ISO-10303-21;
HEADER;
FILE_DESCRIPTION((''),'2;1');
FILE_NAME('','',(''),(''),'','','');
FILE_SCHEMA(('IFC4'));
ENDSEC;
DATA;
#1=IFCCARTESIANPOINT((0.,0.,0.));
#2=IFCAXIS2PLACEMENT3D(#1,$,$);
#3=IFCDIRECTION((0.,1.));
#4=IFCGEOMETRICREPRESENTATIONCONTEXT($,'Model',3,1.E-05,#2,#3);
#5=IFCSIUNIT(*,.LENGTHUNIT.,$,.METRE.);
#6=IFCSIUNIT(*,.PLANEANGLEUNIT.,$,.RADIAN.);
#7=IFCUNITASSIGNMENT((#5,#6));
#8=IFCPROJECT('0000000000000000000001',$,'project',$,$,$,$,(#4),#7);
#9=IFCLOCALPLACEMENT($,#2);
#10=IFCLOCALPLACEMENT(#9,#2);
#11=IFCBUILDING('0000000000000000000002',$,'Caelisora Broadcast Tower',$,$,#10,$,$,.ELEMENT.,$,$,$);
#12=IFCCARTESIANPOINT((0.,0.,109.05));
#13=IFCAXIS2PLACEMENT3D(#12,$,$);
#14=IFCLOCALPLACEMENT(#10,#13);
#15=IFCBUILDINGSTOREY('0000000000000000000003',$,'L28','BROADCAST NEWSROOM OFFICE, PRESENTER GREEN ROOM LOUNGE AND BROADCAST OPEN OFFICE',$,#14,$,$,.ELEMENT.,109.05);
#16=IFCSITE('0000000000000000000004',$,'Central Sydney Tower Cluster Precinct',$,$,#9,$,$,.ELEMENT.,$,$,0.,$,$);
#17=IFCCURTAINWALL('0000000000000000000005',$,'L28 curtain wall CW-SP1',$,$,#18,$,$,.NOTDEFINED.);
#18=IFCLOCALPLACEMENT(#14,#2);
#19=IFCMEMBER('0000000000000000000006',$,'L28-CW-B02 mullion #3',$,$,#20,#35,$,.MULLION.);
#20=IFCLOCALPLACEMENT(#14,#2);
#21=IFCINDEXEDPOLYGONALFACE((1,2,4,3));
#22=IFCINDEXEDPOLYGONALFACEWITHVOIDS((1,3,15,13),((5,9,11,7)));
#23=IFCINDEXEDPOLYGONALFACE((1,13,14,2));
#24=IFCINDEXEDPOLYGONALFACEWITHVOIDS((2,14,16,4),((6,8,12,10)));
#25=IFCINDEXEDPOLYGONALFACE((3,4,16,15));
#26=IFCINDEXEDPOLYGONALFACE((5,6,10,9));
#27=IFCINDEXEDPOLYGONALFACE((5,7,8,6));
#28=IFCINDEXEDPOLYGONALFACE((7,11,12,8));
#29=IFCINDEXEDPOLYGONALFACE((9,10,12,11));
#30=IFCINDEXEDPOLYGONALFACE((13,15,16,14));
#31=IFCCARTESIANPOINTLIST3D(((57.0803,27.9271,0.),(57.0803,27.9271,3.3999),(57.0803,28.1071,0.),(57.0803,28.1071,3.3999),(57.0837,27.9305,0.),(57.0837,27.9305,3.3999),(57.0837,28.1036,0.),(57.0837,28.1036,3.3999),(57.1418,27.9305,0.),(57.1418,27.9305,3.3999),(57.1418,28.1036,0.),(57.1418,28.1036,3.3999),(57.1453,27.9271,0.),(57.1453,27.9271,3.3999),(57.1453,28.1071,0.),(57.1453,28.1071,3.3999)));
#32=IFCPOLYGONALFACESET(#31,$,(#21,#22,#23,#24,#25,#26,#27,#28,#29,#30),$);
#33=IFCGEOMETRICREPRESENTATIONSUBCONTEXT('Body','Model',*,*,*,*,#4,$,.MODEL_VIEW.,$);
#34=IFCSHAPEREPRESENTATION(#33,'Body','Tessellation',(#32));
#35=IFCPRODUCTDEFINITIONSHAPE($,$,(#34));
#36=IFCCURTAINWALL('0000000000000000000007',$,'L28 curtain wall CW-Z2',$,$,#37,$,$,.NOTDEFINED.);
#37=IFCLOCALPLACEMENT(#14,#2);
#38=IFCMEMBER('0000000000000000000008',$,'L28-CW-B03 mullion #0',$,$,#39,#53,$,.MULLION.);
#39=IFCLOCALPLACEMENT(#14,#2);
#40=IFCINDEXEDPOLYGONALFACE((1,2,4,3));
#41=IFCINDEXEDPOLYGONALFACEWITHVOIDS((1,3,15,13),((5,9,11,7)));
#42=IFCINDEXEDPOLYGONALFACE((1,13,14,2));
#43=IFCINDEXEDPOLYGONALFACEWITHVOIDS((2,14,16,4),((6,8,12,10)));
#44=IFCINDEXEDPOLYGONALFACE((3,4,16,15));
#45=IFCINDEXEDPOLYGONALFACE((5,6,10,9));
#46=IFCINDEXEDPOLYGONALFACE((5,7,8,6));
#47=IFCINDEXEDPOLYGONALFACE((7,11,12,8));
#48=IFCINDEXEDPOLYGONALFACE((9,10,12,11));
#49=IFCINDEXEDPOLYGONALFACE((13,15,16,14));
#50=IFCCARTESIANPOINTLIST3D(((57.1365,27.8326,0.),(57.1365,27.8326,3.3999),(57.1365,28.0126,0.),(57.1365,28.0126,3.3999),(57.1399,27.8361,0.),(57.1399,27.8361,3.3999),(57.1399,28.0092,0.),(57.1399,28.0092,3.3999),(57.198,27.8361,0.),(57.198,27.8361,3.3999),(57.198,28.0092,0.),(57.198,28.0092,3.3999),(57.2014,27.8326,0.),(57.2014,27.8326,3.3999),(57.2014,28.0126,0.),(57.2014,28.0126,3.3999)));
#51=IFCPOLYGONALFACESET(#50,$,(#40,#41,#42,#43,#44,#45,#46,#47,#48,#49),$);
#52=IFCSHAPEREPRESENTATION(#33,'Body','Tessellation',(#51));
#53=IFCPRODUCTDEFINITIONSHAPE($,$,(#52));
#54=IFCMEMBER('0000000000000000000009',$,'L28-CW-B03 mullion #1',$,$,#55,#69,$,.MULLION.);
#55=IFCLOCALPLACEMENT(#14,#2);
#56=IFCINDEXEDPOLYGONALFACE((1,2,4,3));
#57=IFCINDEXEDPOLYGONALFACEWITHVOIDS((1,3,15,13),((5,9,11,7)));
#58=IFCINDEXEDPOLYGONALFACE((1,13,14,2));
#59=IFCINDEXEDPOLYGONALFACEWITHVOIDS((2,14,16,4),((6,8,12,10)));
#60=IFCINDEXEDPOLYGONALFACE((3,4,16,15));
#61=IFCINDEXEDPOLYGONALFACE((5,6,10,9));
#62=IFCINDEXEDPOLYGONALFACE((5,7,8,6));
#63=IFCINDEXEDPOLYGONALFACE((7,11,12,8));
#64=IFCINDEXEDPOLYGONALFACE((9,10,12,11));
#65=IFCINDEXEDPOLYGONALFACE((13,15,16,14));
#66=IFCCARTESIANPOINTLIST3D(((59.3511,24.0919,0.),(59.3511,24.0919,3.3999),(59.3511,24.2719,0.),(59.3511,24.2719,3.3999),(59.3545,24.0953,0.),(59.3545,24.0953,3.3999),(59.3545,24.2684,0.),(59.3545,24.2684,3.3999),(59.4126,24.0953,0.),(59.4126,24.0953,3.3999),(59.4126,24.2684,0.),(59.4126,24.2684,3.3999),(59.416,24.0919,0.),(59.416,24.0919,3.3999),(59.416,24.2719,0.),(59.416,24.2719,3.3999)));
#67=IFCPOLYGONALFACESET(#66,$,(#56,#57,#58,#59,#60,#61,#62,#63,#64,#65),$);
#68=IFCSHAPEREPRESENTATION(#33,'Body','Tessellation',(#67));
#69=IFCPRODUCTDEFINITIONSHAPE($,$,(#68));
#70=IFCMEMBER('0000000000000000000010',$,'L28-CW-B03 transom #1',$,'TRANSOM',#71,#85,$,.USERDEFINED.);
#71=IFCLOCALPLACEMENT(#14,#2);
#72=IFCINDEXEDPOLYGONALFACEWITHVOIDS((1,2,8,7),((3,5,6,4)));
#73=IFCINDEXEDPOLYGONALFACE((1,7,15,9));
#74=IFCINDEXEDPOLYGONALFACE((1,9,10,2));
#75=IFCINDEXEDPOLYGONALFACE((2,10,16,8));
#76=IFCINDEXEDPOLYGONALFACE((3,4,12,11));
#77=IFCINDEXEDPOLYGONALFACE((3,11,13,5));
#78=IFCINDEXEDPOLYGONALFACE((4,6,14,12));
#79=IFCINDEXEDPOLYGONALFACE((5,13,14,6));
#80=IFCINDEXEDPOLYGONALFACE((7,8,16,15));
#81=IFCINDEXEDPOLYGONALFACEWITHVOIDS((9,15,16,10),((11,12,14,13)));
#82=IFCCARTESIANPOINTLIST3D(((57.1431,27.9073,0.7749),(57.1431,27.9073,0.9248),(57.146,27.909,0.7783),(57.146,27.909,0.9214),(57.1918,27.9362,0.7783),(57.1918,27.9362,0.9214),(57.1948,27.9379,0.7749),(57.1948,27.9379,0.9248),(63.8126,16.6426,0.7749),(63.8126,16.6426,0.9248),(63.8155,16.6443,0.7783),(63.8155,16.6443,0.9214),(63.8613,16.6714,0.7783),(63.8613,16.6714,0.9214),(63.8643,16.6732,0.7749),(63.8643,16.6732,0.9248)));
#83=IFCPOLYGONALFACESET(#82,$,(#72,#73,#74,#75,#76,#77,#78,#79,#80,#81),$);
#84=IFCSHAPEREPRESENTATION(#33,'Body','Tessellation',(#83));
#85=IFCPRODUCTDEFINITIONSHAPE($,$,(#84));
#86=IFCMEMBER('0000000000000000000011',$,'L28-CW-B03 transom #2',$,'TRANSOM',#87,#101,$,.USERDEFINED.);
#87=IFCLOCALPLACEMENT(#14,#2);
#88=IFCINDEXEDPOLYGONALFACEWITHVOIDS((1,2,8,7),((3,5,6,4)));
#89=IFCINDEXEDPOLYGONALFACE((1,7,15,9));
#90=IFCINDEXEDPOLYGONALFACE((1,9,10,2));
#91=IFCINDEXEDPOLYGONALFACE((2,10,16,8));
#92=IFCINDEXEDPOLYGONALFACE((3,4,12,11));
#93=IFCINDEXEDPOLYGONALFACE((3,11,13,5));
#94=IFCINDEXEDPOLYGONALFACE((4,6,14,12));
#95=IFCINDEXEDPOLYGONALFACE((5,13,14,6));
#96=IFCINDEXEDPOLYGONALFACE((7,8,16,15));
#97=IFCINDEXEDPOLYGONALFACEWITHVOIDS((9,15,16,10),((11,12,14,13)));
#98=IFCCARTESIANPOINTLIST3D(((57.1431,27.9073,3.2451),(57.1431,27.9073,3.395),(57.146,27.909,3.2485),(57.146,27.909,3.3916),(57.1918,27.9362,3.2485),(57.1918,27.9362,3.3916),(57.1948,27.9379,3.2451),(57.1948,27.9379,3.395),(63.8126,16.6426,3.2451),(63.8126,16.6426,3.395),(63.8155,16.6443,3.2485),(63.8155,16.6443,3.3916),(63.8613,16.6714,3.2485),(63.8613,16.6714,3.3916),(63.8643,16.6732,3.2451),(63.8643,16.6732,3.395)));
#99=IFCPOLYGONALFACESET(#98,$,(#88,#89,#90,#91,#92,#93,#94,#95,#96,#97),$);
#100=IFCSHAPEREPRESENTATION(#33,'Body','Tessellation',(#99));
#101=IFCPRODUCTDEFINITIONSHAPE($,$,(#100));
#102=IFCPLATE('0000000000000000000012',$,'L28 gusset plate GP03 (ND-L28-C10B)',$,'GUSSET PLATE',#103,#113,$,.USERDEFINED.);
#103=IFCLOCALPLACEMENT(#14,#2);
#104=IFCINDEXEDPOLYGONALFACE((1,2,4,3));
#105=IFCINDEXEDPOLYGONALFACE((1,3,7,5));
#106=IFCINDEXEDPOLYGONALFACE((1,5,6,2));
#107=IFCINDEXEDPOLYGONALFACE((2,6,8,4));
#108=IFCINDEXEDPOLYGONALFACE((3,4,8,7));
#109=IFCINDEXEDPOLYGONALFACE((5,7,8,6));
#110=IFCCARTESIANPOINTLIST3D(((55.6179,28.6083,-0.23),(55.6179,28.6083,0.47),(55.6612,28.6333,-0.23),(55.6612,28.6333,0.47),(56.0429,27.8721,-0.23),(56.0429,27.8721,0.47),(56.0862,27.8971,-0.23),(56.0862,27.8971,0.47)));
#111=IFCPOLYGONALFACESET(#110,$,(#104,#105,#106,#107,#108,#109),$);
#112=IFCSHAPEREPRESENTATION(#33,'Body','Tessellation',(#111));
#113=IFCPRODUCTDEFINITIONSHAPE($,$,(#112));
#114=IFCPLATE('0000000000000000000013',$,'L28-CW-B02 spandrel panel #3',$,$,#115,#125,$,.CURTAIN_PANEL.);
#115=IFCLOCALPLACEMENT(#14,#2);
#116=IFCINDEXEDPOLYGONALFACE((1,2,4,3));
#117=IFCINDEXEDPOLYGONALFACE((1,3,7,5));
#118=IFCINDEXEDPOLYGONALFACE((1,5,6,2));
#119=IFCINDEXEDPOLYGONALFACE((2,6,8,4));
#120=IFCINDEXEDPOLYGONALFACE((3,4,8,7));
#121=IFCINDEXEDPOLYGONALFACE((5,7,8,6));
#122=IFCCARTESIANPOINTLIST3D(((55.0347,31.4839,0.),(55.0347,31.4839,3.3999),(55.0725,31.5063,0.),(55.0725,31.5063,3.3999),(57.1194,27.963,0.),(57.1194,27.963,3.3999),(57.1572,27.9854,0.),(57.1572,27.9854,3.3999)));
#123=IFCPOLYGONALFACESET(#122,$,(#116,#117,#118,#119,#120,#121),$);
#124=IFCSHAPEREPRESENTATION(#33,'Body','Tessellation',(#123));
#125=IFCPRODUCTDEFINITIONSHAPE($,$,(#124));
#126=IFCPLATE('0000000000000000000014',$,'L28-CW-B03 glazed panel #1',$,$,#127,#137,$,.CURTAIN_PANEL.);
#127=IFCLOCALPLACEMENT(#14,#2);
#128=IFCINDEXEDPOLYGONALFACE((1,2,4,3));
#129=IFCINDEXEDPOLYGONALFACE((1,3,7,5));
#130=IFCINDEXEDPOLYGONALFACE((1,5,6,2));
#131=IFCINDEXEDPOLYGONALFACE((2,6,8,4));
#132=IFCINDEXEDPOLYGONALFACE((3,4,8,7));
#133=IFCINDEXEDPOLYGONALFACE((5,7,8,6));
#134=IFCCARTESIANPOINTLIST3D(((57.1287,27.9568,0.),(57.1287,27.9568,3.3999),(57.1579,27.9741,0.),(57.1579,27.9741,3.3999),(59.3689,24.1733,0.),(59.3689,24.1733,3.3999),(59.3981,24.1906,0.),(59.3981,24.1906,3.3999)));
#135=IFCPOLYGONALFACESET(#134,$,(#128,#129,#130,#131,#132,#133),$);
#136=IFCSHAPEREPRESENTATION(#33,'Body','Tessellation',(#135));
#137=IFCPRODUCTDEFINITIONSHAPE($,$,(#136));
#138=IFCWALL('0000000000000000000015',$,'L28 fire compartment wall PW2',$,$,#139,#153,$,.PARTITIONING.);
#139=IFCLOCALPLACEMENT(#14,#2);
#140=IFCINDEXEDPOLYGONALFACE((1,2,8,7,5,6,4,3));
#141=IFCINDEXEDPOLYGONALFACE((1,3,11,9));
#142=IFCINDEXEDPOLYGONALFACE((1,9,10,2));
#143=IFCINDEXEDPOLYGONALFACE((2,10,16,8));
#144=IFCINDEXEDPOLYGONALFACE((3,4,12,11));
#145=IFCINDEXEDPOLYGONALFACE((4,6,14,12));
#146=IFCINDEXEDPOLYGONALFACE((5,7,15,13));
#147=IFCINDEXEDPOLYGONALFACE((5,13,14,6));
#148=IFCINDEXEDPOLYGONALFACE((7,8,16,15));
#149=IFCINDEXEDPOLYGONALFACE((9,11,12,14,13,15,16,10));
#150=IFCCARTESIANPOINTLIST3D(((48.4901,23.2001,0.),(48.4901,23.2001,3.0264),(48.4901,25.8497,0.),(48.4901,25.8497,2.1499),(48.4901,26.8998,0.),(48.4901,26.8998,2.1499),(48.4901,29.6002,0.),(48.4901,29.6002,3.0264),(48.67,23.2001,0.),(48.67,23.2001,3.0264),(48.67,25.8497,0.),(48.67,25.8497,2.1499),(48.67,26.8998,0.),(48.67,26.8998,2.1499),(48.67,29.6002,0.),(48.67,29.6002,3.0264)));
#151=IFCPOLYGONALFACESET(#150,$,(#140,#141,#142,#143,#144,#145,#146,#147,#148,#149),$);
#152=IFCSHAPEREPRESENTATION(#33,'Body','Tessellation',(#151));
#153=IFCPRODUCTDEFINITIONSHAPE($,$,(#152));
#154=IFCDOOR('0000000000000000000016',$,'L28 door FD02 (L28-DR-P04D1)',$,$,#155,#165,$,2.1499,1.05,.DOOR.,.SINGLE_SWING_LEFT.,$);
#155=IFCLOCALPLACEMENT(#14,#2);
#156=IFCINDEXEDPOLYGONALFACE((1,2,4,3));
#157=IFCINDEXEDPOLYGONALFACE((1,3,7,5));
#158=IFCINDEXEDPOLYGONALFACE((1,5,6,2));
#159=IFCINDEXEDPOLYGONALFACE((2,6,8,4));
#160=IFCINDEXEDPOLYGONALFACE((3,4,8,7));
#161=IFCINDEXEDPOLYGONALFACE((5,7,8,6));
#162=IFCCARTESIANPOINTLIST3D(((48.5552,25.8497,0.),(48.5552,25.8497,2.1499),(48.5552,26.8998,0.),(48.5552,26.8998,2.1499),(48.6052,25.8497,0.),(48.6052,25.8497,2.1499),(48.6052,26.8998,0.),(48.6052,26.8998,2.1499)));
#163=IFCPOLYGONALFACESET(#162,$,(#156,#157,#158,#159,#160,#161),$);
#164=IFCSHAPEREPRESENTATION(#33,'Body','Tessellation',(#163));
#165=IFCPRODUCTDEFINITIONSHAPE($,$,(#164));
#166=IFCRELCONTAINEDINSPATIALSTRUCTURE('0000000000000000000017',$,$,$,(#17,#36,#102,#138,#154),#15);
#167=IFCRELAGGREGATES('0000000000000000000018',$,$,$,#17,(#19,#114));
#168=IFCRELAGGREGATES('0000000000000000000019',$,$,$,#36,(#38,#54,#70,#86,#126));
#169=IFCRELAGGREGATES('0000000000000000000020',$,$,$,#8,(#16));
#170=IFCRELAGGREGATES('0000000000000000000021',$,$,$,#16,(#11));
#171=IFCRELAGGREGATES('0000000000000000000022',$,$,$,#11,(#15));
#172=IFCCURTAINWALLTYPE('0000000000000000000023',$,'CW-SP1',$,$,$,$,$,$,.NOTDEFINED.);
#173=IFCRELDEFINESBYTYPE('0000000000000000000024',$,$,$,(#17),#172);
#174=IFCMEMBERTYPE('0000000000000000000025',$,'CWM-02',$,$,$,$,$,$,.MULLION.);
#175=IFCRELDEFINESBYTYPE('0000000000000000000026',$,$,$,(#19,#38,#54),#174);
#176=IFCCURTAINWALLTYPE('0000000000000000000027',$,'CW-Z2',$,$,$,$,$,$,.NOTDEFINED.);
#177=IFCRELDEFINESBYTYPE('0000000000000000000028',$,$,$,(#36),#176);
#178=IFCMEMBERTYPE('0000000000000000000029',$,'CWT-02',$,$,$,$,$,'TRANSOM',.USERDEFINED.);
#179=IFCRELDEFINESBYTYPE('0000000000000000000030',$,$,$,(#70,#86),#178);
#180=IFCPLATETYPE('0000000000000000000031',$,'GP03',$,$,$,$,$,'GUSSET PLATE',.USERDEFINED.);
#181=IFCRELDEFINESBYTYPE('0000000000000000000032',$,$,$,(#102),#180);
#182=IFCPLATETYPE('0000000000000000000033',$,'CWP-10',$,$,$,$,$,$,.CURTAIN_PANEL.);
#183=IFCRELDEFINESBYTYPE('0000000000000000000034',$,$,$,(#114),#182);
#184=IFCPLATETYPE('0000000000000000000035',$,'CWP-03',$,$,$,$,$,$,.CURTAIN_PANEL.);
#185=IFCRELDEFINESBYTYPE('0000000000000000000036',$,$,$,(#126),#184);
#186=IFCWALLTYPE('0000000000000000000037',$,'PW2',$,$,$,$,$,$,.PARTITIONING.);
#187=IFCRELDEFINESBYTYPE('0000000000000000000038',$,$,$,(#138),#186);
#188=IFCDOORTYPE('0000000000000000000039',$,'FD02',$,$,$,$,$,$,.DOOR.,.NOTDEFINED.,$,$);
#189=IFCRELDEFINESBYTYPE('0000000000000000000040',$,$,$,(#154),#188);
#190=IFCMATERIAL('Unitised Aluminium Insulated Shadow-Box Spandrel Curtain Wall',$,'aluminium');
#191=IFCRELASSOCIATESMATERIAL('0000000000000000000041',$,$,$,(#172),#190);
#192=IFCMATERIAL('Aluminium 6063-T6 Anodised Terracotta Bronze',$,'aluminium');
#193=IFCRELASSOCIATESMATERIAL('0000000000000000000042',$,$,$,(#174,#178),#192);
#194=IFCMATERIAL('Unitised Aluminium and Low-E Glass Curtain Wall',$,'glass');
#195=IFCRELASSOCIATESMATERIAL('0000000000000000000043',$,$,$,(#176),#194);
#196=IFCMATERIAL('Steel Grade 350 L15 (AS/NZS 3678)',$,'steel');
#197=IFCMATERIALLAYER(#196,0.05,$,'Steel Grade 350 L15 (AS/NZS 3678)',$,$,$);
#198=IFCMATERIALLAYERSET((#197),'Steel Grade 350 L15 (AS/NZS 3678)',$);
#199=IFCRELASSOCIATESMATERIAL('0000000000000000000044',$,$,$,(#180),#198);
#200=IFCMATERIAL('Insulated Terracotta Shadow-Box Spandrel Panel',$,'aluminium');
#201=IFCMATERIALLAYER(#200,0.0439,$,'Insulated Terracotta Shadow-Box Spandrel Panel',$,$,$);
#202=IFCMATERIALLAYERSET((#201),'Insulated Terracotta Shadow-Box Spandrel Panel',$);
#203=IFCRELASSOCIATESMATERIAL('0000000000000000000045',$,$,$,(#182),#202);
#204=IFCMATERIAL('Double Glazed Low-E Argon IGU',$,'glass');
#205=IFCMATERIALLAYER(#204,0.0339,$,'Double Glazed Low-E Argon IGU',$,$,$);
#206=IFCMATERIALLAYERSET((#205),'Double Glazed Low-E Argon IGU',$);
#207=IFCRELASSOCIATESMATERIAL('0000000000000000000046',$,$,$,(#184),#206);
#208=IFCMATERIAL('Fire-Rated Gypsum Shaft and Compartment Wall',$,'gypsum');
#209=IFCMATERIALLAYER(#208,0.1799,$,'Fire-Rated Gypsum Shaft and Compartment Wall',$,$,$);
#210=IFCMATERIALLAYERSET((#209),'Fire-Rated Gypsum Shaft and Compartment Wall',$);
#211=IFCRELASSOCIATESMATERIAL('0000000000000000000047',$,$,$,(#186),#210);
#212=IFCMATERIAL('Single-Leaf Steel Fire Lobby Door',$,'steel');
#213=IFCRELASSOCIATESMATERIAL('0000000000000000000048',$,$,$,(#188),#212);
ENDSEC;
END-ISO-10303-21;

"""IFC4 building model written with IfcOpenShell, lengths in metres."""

from ifc_helpers import new_model, si_unit, direction, frame, frame_2d, origin, origin_2d, place, context, subcontext, project, spatial, rectangle, hollow_rectangle, extrude, source, transform, mapped, material, layer, layer_set, material_profile, profile_set, type_object, type_shapes, element, fill, aggregate, save


model = new_model("IFC4")

# Units and contexts
model_context = context("Model", 3, precision=1e-05, world=origin(), true_north=direction((0.0, 1.0)))
body_context = subcontext(model_context, "Body", "Model", "MODEL_VIEW")
ifc_project = project(units=[si_unit("LENGTHUNIT", "METRE"), si_unit("PLANEANGLEUNIT", "RADIAN")], contexts=[model_context])

# Site, building, storey
site_placement = place(None, origin())
site = spatial("IfcSite", under=ifc_project, at=site_placement, Name="Central Sydney Tower Cluster Precinct", CompositionType="ELEMENT", RefElevation=0.0)
building_placement = place(site_placement, origin())
building = spatial("IfcBuilding", under=site, at=building_placement, Name="Caelisora Broadcast Tower", CompositionType="ELEMENT")
storey_placement = place(building_placement, frame((0.0, 0.0, 109.05)))
storey = spatial("IfcBuildingStorey", under=building, at=storey_placement, Name="L28", Description="BROADCAST NEWSROOM OFFICE, PRESENTER GREEN ROOM LOUNGE AND BROADCAST OPEN OFFICE", CompositionType="ELEMENT", Elevation=109.05)

# Shared definitions
ifc_material_1 = material(Name="Steel Grade 350 L15 (AS/NZS 3678)", Category="steel")

# Curtain walls, members
ifc_material_2 = material(Name="Unitised Aluminium Insulated Shadow-Box Spandrel Curtain Wall", Category="aluminium")
curtain_wall_type_1 = type_object("IfcCurtainWallType", Name="CW-SP1", PredefinedType="NOTDEFINED", material=ifc_material_2)
curtain_wall_1_placement = place(storey_placement, origin())
curtain_wall_1 = element("IfcCurtainWall", 1, at=curtain_wall_1_placement, inside=storey, type_object=curtain_wall_type_1, Name="L28 curtain wall CW-SP1", PredefinedType="NOTDEFINED")
ifc_material_3 = material(Name="Aluminium 6063-T6 Anodised Terracotta Bronze", Category="aluminium")
ifc_material_profile_1 = material_profile(ifc_material_3, hollow_rectangle(XDim=0.0649, YDim=0.1799, WallThickness=0.0034, at=origin_2d()), Name="Aluminium 6063-T6 Anodised Terracotta Bronze")
ifc_profile_set_1 = profile_set([ifc_material_profile_1], Name="Aluminium 6063-T6 Anodised Terracotta Bronze")
member_type_1 = type_object("IfcMemberType", Name="CWM-02", PredefinedType="MULLION", material=ifc_profile_set_1)
shared_shape_1 = source(origin(), body_context, "Body", "SweptSolid", [
    extrude(hollow_rectangle(XDim=0.0649, YDim=0.1799, WallThickness=0.0034, at=origin_2d()), origin(), (0.0, 0.0, 1.0), 3.3999),
])
type_shapes(member_type_1, [shared_shape_1])
member_1_placement = place(storey_placement, frame((57.1128, 28.0171, 0.0), z_axis=(0.0, 0.0, 1.0), x_axis=(1.0, 0.0, 0.0)))
member_1 = element("IfcMember", 2, at=member_1_placement, type_object=member_type_1, Name="L28-CW-B02 mullion #3", PredefinedType="MULLION", context=body_context, shape_type="MappedRepresentation", body=[
    mapped(shared_shape_1, transform((0.0, 0.0, 0.0), scale=1.0)),
])
ifc_material_4 = material(Name="Unitised Aluminium and Low-E Glass Curtain Wall", Category="glass")
curtain_wall_type_2 = type_object("IfcCurtainWallType", Name="CW-Z2", PredefinedType="NOTDEFINED", material=ifc_material_4)
curtain_wall_2_placement = place(storey_placement, origin())
curtain_wall_2 = element("IfcCurtainWall", 3, at=curtain_wall_2_placement, inside=storey, type_object=curtain_wall_type_2, Name="L28 curtain wall CW-Z2", PredefinedType="NOTDEFINED")
member_2_placement = place(storey_placement, frame((57.1689, 27.9226, 0.0), z_axis=(0.0, 0.0, 1.0), x_axis=(1.0, 0.0, 0.0)))
member_2 = element("IfcMember", 4, at=member_2_placement, type_object=member_type_1, Name="L28-CW-B03 mullion #0", PredefinedType="MULLION", context=body_context, shape_type="MappedRepresentation", body=[
    mapped(shared_shape_1, transform((0.0, 0.0, 0.0), scale=1.0)),
])
member_3_placement = place(storey_placement, frame((59.3835, 24.1819, 0.0), z_axis=(0.0, 0.0, 1.0), x_axis=(1.0, 0.0, 0.0)))
member_3 = element("IfcMember", 5, at=member_3_placement, type_object=member_type_1, Name="L28-CW-B03 mullion #1", PredefinedType="MULLION", context=body_context, shape_type="MappedRepresentation", body=[
    mapped(shared_shape_1, transform((0.0, 0.0, 0.0), scale=1.0)),
])
ifc_material_profile_2 = material_profile(ifc_material_3, hollow_rectangle(XDim=0.0601, YDim=0.1499, WallThickness=0.0034, at=origin_2d()), Name="Aluminium 6063-T6 Anodised Terracotta Bronze")
ifc_profile_set_2 = profile_set([ifc_material_profile_2], Name="Aluminium 6063-T6 Anodised Terracotta Bronze")
member_type_2 = type_object("IfcMemberType", Name="CWT-02", ElementType="TRANSOM", PredefinedType="USERDEFINED", material=ifc_profile_set_2)
shared_shape_2 = source(origin(), body_context, "Body", "SweptSolid", [
    extrude(hollow_rectangle(XDim=0.0601, YDim=0.1499, WallThickness=0.0034, at=origin_2d()), origin(), (0.0, 0.0, 1.0), 13.0911),
])
type_shapes(member_type_2, [shared_shape_2])
member_4_placement = place(storey_placement, frame((57.1689, 27.9226, 0.8499), z_axis=(0.509468, -0.86049, 0.0), x_axis=(0.86049, 0.509468, 0.0)))
member_4 = element("IfcMember", 6, at=member_4_placement, type_object=member_type_2, Name="L28-CW-B03 transom #1", ObjectType="TRANSOM", PredefinedType="USERDEFINED", context=body_context, shape_type="MappedRepresentation", body=[
    mapped(shared_shape_2, transform((0.0, 0.0, 0.0), scale=1.0)),
])
member_5_placement = place(storey_placement, frame((57.1689, 27.9226, 3.3201), z_axis=(0.509468, -0.86049, 0.0), x_axis=(0.86049, 0.509468, 0.0)))
member_5 = element("IfcMember", 7, at=member_5_placement, type_object=member_type_2, Name="L28-CW-B03 transom #2", ObjectType="TRANSOM", PredefinedType="USERDEFINED", context=body_context, shape_type="MappedRepresentation", body=[
    mapped(shared_shape_2, transform((0.0, 0.0, 0.0), scale=1.0)),
])

# Plates
ifc_layer_1 = layer(ifc_material_1, 0.05, Name="Steel Grade 350 L15 (AS/NZS 3678)")
ifc_layer_set_1 = layer_set([ifc_layer_1], Name="Steel Grade 350 L15 (AS/NZS 3678)")
plate_type_1 = type_object("IfcPlateType", Name="GP03", ElementType="GUSSET PLATE", PredefinedType="USERDEFINED", material=ifc_layer_set_1)
shared_shape_3 = source(origin(), body_context, "Body", "SweptSolid", [
    extrude(rectangle(XDim=0.8501, YDim=0.05, at=origin_2d()), origin(), (0.0, 0.0, 1.0), 0.7),
])
type_shapes(plate_type_1, [shared_shape_3])
plate_1_placement = place(storey_placement, frame((55.8521, 28.2527, -0.23), z_axis=(0.0, 0.0, 1.0), x_axis=(-0.5, 0.866025, 0.0)))
element("IfcPlate", 8, at=plate_1_placement, inside=storey, type_object=plate_type_1, Name="L28 gusset plate GP03 (ND-L28-C10B)", ObjectType="GUSSET PLATE", PredefinedType="USERDEFINED", context=body_context, shape_type="MappedRepresentation", body=[
    mapped(shared_shape_3, transform((0.0, 0.0, 0.0), scale=1.0)),
])
ifc_material_5 = material(Name="Insulated Terracotta Shadow-Box Spandrel Panel", Category="aluminium")
ifc_layer_2 = layer(ifc_material_5, 0.0439, Name="Insulated Terracotta Shadow-Box Spandrel Panel")
ifc_layer_set_2 = layer_set([ifc_layer_2], Name="Insulated Terracotta Shadow-Box Spandrel Panel")
plate_type_2 = type_object("IfcPlateType", Name="CWP-10", PredefinedType="CURTAIN_PANEL", material=ifc_layer_set_2)
shared_shape_4 = source(origin(), body_context, "Body", "SweptSolid", [
    extrude(rectangle(XDim=4.0918, YDim=0.0439, at=origin_2d()), origin(), (0.0, 0.0, 1.0), 3.3999),
])
type_shapes(plate_type_2, [shared_shape_4])
plate_2_placement = place(storey_placement, frame((56.0959, 29.7346, 0.0), z_axis=(0.0, 0.0, 1.0), x_axis=(0.509492, -0.860475, 0.0)))
plate_2 = element("IfcPlate", 9, at=plate_2_placement, type_object=plate_type_2, Name="L28-CW-B02 spandrel panel #3", PredefinedType="CURTAIN_PANEL", context=body_context, shape_type="MappedRepresentation", body=[
    mapped(shared_shape_4, transform((0.0, 0.0, 0.0), scale=1.0)),
])
aggregate(curtain_wall_1, [member_1, plate_2])
ifc_material_6 = material(Name="Double Glazed Low-E Argon IGU", Category="glass")
ifc_layer_3 = layer(ifc_material_6, 0.0339, Name="Double Glazed Low-E Argon IGU")
ifc_layer_set_3 = layer_set([ifc_layer_3], Name="Double Glazed Low-E Argon IGU")
plate_type_3 = type_object("IfcPlateType", Name="CWP-03", PredefinedType="CURTAIN_PANEL", material=ifc_layer_set_3)
shared_shape_5 = source(origin(), body_context, "Body", "SweptSolid", [
    extrude(rectangle(XDim=4.397, YDim=0.0339, at=origin_2d()), origin(), (0.0, 0.0, 1.0), 3.3999),
])
type_shapes(plate_type_3, [shared_shape_5])
plate_3_placement = place(storey_placement, frame((58.2634, 26.0737, 0.0), z_axis=(0.0, 0.0, 1.0), x_axis=(0.509492, -0.860475, 0.0)))
plate_3 = element("IfcPlate", 10, at=plate_3_placement, type_object=plate_type_3, Name="L28-CW-B03 glazed panel #1", PredefinedType="CURTAIN_PANEL", context=body_context, shape_type="MappedRepresentation", body=[
    mapped(shared_shape_5, transform((0.0, 0.0, 0.0), scale=1.0)),
])
aggregate(curtain_wall_2, [member_2, member_3, member_4, member_5, plate_3])

# Wall, opening, door
ifc_material_7 = material(Name="Fire-Rated Gypsum Shaft and Compartment Wall", Category="gypsum")
ifc_layer_4 = layer(ifc_material_7, 0.1799, Name="Fire-Rated Gypsum Shaft and Compartment Wall")
ifc_layer_set_4 = layer_set([ifc_layer_4], Name="Fire-Rated Gypsum Shaft and Compartment Wall")
wall_type_1 = type_object("IfcWallType", Name="PW2", PredefinedType="PARTITIONING", material=ifc_layer_set_4)
wall_1_placement = place(storey_placement, frame((48.5801, 23.2, 0.0), z_axis=(0.0, 0.0, 1.0), x_axis=(0.0, 1.0, 0.0)))
wall_1 = element("IfcWall", 11, at=wall_1_placement, inside=storey, type_object=wall_type_1, Name="L28 fire compartment wall PW2", PredefinedType="PARTITIONING", context=body_context, shape_type="SweptSolid", body=[
    extrude(rectangle(XDim=6.4001, YDim=0.1799, at=frame_2d((3.2002, 0.0))), origin(), (0.0, 0.0, 1.0), 3.0264),
])
opening_placement = place(wall_1_placement, frame((2.6499, 0.0, 0.0)))
opening = element("IfcOpeningElement", 12, at=opening_placement, cuts=wall_1, PredefinedType="OPENING", context=body_context, shape_type="SweptSolid", body=[
    extrude(rectangle(XDim=1.05, YDim=2.1499, at=frame_2d((0.5249, 1.075))), frame((0.0, 0.1021, 0.0), z_axis=(0.0, -1.0, 0.0), x_axis=(1.0, 0.0, 0.0)), (0.0, 0.0, 1.0), 0.2039),
])
ifc_material_8 = material(Name="Single-Leaf Steel Fire Lobby Door", Category="steel")
door_type = type_object("IfcDoorType", Name="FD02", OperationType="NOTDEFINED", PredefinedType="DOOR", material=ifc_material_8)
door_placement = place(opening_placement, origin())
door = element("IfcDoor", 13, at=door_placement, inside=storey, type_object=door_type, Name="L28 door FD02 (L28-DR-P04D1)", OperationType="SINGLE_SWING_LEFT", OverallHeight=2.1499, OverallWidth=1.05, PredefinedType="DOOR", context=body_context, shape_type="SweptSolid", body=[
    extrude(rectangle(XDim=1.05, YDim=2.1499, at=frame_2d((0.5249, 1.075))), frame((0.0, 0.0249, 0.0), z_axis=(0.0, -1.0, 0.0), x_axis=(1.0, 0.0, 0.0)), (0.0, 0.0, 1.0), 0.05),
])
fill(opening, door)

save(model, "model.ifc")
